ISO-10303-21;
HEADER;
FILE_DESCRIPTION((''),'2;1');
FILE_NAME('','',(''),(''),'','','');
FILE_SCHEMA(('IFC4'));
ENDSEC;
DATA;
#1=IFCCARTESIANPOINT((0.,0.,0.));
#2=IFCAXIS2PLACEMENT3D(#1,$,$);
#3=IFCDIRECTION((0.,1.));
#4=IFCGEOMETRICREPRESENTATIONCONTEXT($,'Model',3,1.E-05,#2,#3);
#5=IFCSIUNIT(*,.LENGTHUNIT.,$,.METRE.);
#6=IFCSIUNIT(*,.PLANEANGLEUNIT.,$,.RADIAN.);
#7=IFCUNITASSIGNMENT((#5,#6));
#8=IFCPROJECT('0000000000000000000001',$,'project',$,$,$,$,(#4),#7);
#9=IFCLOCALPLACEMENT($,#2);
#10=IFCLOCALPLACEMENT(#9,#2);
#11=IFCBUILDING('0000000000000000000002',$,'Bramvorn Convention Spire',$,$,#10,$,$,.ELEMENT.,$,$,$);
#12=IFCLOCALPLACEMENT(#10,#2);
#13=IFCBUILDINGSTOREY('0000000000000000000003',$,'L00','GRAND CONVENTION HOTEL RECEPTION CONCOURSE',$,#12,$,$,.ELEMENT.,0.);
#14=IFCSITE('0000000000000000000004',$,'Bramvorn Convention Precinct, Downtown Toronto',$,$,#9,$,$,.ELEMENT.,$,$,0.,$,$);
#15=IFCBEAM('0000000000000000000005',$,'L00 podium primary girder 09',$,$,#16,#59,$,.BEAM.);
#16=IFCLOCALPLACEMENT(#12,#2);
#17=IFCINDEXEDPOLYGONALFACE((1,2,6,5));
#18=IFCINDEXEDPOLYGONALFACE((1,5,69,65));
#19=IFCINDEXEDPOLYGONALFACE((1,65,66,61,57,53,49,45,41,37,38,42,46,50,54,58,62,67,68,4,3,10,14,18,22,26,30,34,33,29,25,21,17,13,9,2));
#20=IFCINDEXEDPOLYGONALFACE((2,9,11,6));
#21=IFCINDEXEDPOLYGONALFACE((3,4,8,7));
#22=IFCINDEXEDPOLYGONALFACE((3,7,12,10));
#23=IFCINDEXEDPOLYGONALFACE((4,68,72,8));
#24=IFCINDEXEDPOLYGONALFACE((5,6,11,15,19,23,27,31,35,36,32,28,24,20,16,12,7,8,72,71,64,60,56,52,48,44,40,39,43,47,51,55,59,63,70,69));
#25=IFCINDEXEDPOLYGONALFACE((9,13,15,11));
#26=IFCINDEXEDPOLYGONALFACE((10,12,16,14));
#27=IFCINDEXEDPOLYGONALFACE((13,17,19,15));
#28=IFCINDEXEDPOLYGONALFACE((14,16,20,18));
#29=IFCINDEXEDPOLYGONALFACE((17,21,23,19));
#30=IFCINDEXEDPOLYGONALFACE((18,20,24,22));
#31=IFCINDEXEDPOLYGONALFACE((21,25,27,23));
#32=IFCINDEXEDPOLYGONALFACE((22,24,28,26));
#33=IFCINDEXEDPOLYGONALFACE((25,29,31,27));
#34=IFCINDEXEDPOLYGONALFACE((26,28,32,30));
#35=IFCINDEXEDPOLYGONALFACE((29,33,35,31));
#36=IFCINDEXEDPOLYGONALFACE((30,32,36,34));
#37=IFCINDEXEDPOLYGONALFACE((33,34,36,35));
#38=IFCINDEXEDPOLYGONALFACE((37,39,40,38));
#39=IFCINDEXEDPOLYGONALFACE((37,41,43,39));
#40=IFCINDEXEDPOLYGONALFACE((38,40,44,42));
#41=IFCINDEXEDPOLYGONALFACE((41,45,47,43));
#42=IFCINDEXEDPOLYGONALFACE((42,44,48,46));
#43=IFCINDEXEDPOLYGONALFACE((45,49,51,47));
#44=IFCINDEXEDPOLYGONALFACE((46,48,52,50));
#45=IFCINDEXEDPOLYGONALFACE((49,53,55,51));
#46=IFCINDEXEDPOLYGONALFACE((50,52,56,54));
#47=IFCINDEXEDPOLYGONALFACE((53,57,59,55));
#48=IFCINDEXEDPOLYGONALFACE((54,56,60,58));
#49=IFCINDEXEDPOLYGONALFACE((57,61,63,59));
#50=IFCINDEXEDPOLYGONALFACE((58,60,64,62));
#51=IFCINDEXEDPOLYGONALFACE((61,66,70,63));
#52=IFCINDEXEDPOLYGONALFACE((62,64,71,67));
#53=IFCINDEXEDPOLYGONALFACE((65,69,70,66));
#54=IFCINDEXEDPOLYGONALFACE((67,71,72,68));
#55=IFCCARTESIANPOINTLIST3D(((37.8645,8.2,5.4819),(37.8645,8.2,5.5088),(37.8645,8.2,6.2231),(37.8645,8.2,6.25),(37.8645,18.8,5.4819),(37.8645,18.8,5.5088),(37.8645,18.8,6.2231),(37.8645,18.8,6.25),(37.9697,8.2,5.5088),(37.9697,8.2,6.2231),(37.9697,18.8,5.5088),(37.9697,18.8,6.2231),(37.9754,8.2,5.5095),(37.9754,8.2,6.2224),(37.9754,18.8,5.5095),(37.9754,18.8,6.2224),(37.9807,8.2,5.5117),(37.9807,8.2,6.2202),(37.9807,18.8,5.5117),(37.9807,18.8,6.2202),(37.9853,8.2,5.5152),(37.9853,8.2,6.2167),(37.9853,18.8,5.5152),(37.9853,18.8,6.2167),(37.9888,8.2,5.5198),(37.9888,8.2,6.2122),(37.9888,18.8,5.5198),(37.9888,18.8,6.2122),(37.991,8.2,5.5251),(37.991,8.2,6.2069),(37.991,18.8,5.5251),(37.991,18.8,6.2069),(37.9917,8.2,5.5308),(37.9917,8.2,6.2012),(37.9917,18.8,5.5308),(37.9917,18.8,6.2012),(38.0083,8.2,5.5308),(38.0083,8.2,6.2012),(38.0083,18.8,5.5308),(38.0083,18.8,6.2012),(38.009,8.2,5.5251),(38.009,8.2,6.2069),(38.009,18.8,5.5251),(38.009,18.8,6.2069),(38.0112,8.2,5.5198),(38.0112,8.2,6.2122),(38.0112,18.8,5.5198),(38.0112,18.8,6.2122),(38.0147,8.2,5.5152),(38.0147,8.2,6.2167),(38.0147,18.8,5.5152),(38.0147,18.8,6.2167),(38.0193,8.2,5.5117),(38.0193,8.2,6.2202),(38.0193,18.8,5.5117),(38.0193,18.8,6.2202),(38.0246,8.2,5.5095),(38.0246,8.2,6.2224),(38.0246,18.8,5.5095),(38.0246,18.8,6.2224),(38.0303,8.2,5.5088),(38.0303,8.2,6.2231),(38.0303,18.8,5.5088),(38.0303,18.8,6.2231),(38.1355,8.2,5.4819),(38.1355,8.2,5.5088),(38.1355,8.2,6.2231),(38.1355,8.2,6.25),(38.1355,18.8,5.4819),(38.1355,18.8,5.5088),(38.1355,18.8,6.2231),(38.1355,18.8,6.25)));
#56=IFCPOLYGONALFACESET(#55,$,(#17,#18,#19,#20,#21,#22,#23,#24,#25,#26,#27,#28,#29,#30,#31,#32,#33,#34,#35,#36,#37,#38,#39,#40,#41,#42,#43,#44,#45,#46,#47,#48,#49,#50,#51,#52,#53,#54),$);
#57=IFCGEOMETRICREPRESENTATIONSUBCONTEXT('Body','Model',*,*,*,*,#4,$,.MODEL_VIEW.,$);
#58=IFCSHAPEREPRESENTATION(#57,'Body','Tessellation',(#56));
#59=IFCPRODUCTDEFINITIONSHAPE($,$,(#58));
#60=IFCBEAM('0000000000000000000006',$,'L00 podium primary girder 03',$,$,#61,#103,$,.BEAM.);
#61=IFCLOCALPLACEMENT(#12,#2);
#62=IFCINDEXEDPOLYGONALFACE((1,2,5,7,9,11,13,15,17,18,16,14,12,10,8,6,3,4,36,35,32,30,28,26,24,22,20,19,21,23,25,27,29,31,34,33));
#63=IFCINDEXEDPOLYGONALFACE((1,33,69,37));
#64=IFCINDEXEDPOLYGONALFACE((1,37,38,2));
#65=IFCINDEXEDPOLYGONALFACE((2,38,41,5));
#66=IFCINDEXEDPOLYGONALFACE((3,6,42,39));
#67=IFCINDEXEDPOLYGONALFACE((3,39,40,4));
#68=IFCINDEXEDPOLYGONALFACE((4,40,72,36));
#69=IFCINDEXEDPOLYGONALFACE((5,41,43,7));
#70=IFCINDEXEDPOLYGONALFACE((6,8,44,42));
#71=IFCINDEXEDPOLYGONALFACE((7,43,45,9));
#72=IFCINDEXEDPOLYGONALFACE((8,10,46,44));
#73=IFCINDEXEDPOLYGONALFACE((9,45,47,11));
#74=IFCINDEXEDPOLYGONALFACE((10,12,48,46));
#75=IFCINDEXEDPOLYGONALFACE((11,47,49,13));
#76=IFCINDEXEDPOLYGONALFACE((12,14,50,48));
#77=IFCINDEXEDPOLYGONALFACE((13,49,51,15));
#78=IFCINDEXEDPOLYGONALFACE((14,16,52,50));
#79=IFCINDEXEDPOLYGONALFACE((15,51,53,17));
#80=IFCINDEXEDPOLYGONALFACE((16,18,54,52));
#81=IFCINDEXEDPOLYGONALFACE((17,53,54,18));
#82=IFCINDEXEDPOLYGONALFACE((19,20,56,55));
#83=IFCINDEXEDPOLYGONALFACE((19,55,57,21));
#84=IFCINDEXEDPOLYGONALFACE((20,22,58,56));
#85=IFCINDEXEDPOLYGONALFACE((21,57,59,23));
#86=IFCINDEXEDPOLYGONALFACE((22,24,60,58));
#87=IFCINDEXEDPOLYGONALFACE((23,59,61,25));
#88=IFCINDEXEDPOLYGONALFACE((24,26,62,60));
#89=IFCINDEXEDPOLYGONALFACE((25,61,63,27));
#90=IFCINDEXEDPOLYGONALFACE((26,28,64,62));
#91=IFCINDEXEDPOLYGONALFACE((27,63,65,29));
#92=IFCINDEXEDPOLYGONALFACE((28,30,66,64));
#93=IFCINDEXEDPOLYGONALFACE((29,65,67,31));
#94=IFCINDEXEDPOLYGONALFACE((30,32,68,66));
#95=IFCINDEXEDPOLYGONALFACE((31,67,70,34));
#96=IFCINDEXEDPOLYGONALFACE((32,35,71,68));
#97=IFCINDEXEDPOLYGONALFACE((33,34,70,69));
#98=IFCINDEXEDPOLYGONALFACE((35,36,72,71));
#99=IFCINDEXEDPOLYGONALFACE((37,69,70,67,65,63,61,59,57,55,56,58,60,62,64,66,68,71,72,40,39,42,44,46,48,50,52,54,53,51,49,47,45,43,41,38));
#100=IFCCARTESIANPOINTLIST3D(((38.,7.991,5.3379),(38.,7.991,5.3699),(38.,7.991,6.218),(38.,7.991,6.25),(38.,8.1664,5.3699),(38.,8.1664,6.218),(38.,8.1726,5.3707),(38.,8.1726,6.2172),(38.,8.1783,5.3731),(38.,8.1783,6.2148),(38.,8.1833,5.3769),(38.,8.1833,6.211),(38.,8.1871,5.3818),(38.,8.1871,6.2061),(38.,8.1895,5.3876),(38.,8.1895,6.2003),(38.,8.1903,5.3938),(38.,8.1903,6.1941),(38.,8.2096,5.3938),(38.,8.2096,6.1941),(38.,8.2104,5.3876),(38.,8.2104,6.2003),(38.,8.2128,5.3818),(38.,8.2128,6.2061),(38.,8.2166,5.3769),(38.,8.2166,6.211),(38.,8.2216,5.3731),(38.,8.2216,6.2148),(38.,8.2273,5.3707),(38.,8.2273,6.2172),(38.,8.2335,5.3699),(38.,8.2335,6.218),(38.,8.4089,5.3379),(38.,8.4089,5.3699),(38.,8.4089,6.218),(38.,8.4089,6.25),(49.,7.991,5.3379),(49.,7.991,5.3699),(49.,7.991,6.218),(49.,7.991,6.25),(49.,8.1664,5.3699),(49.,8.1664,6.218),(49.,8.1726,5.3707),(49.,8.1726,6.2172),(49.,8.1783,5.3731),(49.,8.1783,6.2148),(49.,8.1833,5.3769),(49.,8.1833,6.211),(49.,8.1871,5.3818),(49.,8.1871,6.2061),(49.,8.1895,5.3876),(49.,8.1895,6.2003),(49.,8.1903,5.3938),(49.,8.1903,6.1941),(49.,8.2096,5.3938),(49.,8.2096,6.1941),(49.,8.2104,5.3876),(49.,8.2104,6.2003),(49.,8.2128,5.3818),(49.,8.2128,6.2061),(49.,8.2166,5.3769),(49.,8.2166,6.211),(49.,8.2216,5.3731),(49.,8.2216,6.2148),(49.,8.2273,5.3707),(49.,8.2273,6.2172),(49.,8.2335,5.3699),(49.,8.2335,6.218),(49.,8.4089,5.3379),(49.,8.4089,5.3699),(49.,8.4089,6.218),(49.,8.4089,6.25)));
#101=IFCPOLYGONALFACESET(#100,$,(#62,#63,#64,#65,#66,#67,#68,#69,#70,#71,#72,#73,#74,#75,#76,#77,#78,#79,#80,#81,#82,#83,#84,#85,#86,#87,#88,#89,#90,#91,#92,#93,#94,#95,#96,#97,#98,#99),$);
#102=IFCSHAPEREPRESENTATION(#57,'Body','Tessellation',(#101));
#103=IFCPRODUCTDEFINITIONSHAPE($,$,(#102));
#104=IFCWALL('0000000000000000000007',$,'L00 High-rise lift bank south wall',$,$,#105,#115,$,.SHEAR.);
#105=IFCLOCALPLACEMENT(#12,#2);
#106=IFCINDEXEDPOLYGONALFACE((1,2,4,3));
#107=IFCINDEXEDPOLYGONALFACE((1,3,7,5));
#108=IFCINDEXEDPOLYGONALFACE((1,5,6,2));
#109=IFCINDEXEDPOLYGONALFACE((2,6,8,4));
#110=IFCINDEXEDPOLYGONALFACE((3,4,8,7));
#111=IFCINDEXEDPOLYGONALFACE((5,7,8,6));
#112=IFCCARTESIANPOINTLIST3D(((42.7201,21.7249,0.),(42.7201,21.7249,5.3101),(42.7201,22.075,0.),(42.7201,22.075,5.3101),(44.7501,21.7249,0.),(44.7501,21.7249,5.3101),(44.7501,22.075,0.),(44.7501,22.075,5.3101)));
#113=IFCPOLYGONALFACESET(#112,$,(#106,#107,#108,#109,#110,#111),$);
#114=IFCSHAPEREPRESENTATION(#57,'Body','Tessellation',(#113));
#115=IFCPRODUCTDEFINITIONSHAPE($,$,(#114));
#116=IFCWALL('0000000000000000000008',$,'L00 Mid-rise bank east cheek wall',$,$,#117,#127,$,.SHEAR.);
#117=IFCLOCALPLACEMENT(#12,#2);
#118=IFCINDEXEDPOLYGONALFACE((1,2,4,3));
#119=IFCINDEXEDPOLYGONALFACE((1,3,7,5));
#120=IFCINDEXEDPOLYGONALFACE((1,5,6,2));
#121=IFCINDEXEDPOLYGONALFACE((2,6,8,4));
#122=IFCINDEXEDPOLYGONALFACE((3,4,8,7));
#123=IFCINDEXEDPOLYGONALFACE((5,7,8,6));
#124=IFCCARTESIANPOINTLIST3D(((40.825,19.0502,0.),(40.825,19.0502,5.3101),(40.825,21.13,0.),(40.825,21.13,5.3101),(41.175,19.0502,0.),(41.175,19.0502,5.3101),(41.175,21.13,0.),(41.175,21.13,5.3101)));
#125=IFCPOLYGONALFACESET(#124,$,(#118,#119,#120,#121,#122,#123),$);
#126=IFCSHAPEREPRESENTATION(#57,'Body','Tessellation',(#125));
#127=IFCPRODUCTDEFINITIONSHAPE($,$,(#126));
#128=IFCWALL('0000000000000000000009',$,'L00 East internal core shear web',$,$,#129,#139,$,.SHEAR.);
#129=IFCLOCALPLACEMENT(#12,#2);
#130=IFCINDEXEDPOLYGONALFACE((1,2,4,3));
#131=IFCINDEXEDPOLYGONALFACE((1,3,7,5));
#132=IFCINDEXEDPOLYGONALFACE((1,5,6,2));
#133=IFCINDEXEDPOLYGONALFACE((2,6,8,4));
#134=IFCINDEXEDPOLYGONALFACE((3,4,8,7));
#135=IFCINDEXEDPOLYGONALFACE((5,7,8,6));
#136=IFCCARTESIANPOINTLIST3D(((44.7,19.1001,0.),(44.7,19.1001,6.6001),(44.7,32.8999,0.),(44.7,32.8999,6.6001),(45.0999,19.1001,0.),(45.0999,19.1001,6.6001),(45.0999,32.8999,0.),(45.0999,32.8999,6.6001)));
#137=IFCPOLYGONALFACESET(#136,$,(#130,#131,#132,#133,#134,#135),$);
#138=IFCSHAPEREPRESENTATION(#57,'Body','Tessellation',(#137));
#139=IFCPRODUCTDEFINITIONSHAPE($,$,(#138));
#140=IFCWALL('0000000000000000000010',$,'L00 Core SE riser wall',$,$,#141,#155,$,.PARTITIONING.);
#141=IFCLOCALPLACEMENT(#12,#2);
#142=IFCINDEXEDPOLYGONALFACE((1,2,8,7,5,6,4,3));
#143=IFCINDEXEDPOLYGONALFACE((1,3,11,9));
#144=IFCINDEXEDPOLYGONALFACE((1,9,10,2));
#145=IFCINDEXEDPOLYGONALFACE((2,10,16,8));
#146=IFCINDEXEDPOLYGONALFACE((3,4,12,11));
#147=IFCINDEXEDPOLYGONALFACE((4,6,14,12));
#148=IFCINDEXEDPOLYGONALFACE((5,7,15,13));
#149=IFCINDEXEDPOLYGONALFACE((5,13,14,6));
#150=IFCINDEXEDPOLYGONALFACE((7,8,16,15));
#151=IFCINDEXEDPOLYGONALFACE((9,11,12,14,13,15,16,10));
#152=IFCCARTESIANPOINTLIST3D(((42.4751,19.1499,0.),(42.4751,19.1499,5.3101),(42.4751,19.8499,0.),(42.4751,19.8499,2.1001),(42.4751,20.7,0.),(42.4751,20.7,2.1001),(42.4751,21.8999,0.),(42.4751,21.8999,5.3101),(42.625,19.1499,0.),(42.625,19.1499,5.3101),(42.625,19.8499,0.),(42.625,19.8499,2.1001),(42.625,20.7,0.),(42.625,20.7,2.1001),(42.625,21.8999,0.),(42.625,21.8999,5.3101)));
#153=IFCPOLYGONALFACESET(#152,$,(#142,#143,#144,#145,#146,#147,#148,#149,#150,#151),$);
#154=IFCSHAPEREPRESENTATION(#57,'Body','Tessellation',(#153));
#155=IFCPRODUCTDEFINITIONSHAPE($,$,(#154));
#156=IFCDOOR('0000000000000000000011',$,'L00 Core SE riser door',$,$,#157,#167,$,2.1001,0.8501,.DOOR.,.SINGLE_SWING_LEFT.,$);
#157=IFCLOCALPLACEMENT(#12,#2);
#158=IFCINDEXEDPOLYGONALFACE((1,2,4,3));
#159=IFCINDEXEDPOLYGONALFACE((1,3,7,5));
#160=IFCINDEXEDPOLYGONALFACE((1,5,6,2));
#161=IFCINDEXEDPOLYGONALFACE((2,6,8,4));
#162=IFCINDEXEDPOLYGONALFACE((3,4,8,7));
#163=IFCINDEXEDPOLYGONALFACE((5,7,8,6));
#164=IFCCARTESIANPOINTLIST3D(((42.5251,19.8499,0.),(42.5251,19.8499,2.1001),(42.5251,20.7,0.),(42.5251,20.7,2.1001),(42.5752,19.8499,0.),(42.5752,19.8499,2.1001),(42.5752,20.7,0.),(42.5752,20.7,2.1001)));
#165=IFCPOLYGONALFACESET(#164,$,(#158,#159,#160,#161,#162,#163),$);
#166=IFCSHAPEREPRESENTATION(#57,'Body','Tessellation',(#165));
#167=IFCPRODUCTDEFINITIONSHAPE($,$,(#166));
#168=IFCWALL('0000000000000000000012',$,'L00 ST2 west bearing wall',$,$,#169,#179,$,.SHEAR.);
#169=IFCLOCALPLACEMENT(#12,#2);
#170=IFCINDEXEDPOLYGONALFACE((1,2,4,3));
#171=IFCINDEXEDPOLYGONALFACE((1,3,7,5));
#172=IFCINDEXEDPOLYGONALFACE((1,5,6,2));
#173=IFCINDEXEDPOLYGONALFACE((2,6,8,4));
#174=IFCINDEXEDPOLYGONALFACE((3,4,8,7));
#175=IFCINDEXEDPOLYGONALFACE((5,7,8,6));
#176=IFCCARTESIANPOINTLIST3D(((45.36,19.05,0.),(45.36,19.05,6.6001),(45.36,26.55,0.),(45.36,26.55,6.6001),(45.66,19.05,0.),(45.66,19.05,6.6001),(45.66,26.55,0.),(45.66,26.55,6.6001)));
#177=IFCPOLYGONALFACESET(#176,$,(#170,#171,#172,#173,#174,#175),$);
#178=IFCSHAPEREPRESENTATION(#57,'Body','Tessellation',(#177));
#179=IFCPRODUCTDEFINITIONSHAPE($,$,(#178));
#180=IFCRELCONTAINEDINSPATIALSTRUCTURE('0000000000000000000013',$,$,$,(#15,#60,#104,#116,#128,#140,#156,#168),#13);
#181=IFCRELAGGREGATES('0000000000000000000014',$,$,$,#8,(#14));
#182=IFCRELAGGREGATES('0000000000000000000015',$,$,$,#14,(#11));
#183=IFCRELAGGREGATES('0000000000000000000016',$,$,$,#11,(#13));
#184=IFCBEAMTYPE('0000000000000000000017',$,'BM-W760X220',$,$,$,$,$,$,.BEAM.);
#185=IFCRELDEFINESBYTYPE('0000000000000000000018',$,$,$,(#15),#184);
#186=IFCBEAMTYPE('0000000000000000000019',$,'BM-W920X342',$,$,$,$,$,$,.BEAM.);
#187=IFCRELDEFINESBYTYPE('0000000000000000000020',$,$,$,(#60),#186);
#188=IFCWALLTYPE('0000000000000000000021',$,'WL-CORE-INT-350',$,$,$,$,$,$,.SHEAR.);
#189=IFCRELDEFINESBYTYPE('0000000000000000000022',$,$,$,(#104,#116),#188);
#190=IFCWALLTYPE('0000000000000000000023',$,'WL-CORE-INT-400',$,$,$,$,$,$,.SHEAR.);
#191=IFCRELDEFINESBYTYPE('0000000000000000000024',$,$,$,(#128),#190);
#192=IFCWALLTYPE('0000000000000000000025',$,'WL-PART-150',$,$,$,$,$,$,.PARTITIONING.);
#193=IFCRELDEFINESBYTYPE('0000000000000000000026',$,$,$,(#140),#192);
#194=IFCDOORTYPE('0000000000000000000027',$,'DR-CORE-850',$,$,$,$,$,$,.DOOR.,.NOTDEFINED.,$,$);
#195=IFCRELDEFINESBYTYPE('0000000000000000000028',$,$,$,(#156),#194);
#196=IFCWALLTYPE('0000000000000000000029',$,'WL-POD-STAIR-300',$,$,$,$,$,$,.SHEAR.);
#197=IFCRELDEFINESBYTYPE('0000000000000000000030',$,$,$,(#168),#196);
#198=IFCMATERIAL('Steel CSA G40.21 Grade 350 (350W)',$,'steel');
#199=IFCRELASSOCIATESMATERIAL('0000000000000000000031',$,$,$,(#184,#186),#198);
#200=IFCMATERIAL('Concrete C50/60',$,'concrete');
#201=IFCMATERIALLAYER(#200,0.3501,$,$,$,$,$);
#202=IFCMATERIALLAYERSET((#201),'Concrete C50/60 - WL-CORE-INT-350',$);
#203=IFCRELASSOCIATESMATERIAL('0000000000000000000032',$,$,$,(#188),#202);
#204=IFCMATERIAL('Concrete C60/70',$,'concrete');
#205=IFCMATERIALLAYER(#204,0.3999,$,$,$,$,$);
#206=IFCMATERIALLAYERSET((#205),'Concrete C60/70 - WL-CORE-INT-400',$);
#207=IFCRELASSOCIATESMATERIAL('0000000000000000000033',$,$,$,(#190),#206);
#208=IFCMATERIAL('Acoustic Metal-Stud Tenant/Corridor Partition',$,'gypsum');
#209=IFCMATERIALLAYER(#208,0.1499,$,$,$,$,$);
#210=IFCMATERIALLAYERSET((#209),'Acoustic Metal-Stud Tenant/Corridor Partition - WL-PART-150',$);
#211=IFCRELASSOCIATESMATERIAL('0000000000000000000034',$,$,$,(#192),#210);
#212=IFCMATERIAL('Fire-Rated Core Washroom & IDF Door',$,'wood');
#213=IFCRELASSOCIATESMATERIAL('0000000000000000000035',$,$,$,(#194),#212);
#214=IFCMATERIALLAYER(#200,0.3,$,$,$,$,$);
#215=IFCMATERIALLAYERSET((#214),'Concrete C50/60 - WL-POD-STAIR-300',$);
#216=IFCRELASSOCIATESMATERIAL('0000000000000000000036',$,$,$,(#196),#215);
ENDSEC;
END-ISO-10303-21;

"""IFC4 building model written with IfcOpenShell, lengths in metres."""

from ifc_helpers import new_model, si_unit, direction, frame, frame_2d, origin, origin_2d, place, context, subcontext, project, spatial, rectangle, i_section, extrude, material, layer, layer_set, material_profile, profile_set, type_object, element, fill, save


model = new_model("IFC4")

# Units and contexts
model_context = context("Model", 3, precision=1e-05, world=origin(), true_north=direction((0.0, 1.0)))
body_context = subcontext(model_context, "Body", "Model", "MODEL_VIEW")
ifc_project = project(units=[si_unit("LENGTHUNIT", "METRE"), si_unit("PLANEANGLEUNIT", "RADIAN")], contexts=[model_context])

# Site, building, storey
site_placement = place(None, origin())
site = spatial("IfcSite", under=ifc_project, at=site_placement, Name="Bramvorn Convention Precinct, Downtown Toronto", CompositionType="ELEMENT", RefElevation=0.0)
building_placement = place(site_placement, origin())
building = spatial("IfcBuilding", under=site, at=building_placement, Name="Bramvorn Convention Spire", CompositionType="ELEMENT")
storey_placement = place(building_placement, origin())
storey = spatial("IfcBuildingStorey", under=building, at=storey_placement, Name="L00", Description="GRAND CONVENTION HOTEL RECEPTION CONCOURSE", CompositionType="ELEMENT", Elevation=0.0)

# Shared definitions
ifc_material_1 = material(Name="Steel CSA G40.21 Grade 350 (350W)", Category="steel")
ifc_material_2 = material(Name="Concrete C60/70", Category="concrete")

# Beams
ifc_material_profile_1 = material_profile(ifc_material_1, i_section(OverallWidth=0.271, OverallDepth=0.7681, WebThickness=0.0166, FlangeThickness=0.0269, FilletRadius=0.022, at=origin_2d()))
ifc_profile_set_1 = profile_set([ifc_material_profile_1], Name="Steel CSA G40.21 Grade 350 (350W) - W760X220")
beam_type_1 = type_object("IfcBeamType", Name="BM-W760X220", PredefinedType="BEAM", material=ifc_profile_set_1)
beam_1_placement = place(storey_placement, frame((38.0, 8.2, 5.866), z_axis=(0.0, 1.0, 0.0), x_axis=(-1.0, 0.0, 0.0)))
element("IfcBeam", 1, at=beam_1_placement, inside=storey, type_object=beam_type_1, Name="L00 podium primary girder 09", PredefinedType="BEAM", context=body_context, shape_type="SweptSolid", body=[
    extrude(i_section(OverallWidth=0.271, OverallDepth=0.7681, WebThickness=0.0166, FlangeThickness=0.0269, FilletRadius=0.022, at=origin_2d()), origin(), (0.0, 0.0, 1.0), 10.6001),
])
ifc_material_profile_2 = material_profile(ifc_material_1, i_section(OverallWidth=0.418, OverallDepth=0.9121, WebThickness=0.0193, FlangeThickness=0.032, FilletRadius=0.0239, at=origin_2d()))
ifc_profile_set_2 = profile_set([ifc_material_profile_2], Name="Steel CSA G40.21 Grade 350 (350W) - W920X342")
beam_type_2 = type_object("IfcBeamType", Name="BM-W920X342", PredefinedType="BEAM", material=ifc_profile_set_2)
beam_2_placement = place(storey_placement, frame((38.0, 8.2, 5.7939), z_axis=(1.0, 0.0, 0.0), x_axis=(0.0, 1.0, 0.0)))
element("IfcBeam", 2, at=beam_2_placement, inside=storey, type_object=beam_type_2, Name="L00 podium primary girder 03", PredefinedType="BEAM", context=body_context, shape_type="SweptSolid", body=[
    extrude(i_section(OverallWidth=0.418, OverallDepth=0.9121, WebThickness=0.0193, FlangeThickness=0.032, FilletRadius=0.0239, at=origin_2d()), origin(), (0.0, 0.0, 1.0), 11.0),
])

# Shared definitions
ifc_material_3 = material(Name="Concrete C50/60", Category="concrete")
ifc_layer_1 = layer(ifc_material_3, 0.3501)
ifc_layer_set_1 = layer_set([ifc_layer_1], Name="Concrete C50/60 - WL-CORE-INT-350")
wall_type_1 = type_object("IfcWallType", Name="WL-CORE-INT-350", PredefinedType="SHEAR", material=ifc_layer_set_1)

# Wall
wall_1_placement = place(storey_placement, frame((42.72, 21.8999, 0.0), z_axis=(0.0, 0.0, 1.0), x_axis=(1.0, 0.0, 0.0)))
element("IfcWall", 3, at=wall_1_placement, inside=storey, type_object=wall_type_1, Name="L00 High-rise lift bank south wall", PredefinedType="SHEAR", context=body_context, shape_type="SweptSolid", body=[
    extrude(rectangle(XDim=2.03, YDim=0.3501, at=frame_2d((1.0151, 0.0))), origin(), (0.0, 0.0, 1.0), 5.3101),
])

# Walls
wall_2_placement = place(storey_placement, frame((41.0, 19.05, 0.0), z_axis=(0.0, 0.0, 1.0), x_axis=(0.0, 1.0, 0.0)))
element("IfcWall", 4, at=wall_2_placement, inside=storey, type_object=wall_type_1, Name="L00 Mid-rise bank east cheek wall", PredefinedType="SHEAR", context=body_context, shape_type="SweptSolid", body=[
    extrude(rectangle(XDim=2.0798, YDim=0.3501, at=frame_2d((1.04, 0.0))), origin(), (0.0, 0.0, 1.0), 5.3101),
])
ifc_layer_2 = layer(ifc_material_2, 0.3999)
ifc_layer_set_2 = layer_set([ifc_layer_2], Name="Concrete C60/70 - WL-CORE-INT-400")
wall_type_2 = type_object("IfcWallType", Name="WL-CORE-INT-400", PredefinedType="SHEAR", material=ifc_layer_set_2)
wall_3_placement = place(storey_placement, frame((44.8999, 19.1001, 0.0), z_axis=(0.0, 0.0, 1.0), x_axis=(0.0, 1.0, 0.0)))
element("IfcWall", 5, at=wall_3_placement, inside=storey, type_object=wall_type_2, Name="L00 East internal core shear web", PredefinedType="SHEAR", context=body_context, shape_type="SweptSolid", body=[
    extrude(rectangle(XDim=13.7998, YDim=0.3999, at=frame_2d((6.8999, 0.0))), origin(), (0.0, 0.0, 1.0), 6.6001),
])

# Wall, opening, door
ifc_material_4 = material(Name="Acoustic Metal-Stud Tenant/Corridor Partition", Category="gypsum")
ifc_layer_3 = layer(ifc_material_4, 0.1499)
ifc_layer_set_3 = layer_set([ifc_layer_3], Name="Acoustic Metal-Stud Tenant/Corridor Partition - WL-PART-150")
wall_type_3 = type_object("IfcWallType", Name="WL-PART-150", PredefinedType="PARTITIONING", material=ifc_layer_set_3)
wall_4_placement = place(storey_placement, frame((42.55, 19.1499, 0.0), z_axis=(0.0, 0.0, 1.0), x_axis=(0.0, 1.0, 0.0)))
wall_4 = element("IfcWall", 6, at=wall_4_placement, inside=storey, type_object=wall_type_3, Name="L00 Core SE riser wall", PredefinedType="PARTITIONING", context=body_context, shape_type="SweptSolid", body=[
    extrude(rectangle(XDim=2.75, YDim=0.1499, at=frame_2d((1.375, 0.0))), origin(), (0.0, 0.0, 1.0), 5.3101),
])
opening_1_placement = place(wall_4_placement, frame((0.7, 0.0, 0.0)))
opening_1 = element("IfcOpeningElement", 7, at=opening_1_placement, cuts=wall_4, PredefinedType="OPENING", context=body_context, shape_type="SweptSolid", body=[
    extrude(rectangle(XDim=0.8501, YDim=2.1001, at=frame_2d((0.425, 1.05))), frame((0.0, 0.085, 0.0), z_axis=(0.0, -1.0, 0.0), x_axis=(1.0, 0.0, 0.0)), (0.0, 0.0, 1.0), 0.1699),
])
ifc_material_5 = material(Name="Fire-Rated Core Washroom & IDF Door", Category="wood")
door_type_1 = type_object("IfcDoorType", Name="DR-CORE-850", OperationType="NOTDEFINED", PredefinedType="DOOR", material=ifc_material_5)
door_1_placement = place(opening_1_placement, origin())
door_1 = element("IfcDoor", 8, at=door_1_placement, inside=storey, type_object=door_type_1, Name="L00 Core SE riser door", OperationType="SINGLE_SWING_LEFT", OverallHeight=2.1001, OverallWidth=0.8501, PredefinedType="DOOR", context=body_context, shape_type="SweptSolid", body=[
    extrude(rectangle(XDim=0.8501, YDim=2.1001, at=frame_2d((0.425, 1.05))), frame((0.0, 0.0249, 0.0), z_axis=(0.0, -1.0, 0.0), x_axis=(1.0, 0.0, 0.0)), (0.0, 0.0, 1.0), 0.05),
])
fill(opening_1, door_1)

# Wall
ifc_layer_4 = layer(ifc_material_3, 0.3)
ifc_layer_set_4 = layer_set([ifc_layer_4], Name="Concrete C50/60 - WL-POD-STAIR-300")
wall_type_4 = type_object("IfcWallType", Name="WL-POD-STAIR-300", PredefinedType="SHEAR", material=ifc_layer_set_4)
for number, where, z_axis, x_axis, name in (
    (9, (45.51, 19.05, 0.0), (0.0, 0.0, 1.0), (0.0, 1.0, 0.0), "L00 ST2 west bearing wall"),
):
    element("IfcWall", number, at=place(storey_placement, frame(where, z_axis=z_axis, x_axis=x_axis)), inside=storey, type_object=wall_type_4, Name=name, PredefinedType="SHEAR", context=body_context, shape_type="SweptSolid", body=[
        extrude(rectangle(XDim=7.5, YDim=0.3, at=frame_2d((3.75, 0.0))), origin(), (0.0, 0.0, 1.0), 6.6001),
    ])

save(model, "model.ifc")
